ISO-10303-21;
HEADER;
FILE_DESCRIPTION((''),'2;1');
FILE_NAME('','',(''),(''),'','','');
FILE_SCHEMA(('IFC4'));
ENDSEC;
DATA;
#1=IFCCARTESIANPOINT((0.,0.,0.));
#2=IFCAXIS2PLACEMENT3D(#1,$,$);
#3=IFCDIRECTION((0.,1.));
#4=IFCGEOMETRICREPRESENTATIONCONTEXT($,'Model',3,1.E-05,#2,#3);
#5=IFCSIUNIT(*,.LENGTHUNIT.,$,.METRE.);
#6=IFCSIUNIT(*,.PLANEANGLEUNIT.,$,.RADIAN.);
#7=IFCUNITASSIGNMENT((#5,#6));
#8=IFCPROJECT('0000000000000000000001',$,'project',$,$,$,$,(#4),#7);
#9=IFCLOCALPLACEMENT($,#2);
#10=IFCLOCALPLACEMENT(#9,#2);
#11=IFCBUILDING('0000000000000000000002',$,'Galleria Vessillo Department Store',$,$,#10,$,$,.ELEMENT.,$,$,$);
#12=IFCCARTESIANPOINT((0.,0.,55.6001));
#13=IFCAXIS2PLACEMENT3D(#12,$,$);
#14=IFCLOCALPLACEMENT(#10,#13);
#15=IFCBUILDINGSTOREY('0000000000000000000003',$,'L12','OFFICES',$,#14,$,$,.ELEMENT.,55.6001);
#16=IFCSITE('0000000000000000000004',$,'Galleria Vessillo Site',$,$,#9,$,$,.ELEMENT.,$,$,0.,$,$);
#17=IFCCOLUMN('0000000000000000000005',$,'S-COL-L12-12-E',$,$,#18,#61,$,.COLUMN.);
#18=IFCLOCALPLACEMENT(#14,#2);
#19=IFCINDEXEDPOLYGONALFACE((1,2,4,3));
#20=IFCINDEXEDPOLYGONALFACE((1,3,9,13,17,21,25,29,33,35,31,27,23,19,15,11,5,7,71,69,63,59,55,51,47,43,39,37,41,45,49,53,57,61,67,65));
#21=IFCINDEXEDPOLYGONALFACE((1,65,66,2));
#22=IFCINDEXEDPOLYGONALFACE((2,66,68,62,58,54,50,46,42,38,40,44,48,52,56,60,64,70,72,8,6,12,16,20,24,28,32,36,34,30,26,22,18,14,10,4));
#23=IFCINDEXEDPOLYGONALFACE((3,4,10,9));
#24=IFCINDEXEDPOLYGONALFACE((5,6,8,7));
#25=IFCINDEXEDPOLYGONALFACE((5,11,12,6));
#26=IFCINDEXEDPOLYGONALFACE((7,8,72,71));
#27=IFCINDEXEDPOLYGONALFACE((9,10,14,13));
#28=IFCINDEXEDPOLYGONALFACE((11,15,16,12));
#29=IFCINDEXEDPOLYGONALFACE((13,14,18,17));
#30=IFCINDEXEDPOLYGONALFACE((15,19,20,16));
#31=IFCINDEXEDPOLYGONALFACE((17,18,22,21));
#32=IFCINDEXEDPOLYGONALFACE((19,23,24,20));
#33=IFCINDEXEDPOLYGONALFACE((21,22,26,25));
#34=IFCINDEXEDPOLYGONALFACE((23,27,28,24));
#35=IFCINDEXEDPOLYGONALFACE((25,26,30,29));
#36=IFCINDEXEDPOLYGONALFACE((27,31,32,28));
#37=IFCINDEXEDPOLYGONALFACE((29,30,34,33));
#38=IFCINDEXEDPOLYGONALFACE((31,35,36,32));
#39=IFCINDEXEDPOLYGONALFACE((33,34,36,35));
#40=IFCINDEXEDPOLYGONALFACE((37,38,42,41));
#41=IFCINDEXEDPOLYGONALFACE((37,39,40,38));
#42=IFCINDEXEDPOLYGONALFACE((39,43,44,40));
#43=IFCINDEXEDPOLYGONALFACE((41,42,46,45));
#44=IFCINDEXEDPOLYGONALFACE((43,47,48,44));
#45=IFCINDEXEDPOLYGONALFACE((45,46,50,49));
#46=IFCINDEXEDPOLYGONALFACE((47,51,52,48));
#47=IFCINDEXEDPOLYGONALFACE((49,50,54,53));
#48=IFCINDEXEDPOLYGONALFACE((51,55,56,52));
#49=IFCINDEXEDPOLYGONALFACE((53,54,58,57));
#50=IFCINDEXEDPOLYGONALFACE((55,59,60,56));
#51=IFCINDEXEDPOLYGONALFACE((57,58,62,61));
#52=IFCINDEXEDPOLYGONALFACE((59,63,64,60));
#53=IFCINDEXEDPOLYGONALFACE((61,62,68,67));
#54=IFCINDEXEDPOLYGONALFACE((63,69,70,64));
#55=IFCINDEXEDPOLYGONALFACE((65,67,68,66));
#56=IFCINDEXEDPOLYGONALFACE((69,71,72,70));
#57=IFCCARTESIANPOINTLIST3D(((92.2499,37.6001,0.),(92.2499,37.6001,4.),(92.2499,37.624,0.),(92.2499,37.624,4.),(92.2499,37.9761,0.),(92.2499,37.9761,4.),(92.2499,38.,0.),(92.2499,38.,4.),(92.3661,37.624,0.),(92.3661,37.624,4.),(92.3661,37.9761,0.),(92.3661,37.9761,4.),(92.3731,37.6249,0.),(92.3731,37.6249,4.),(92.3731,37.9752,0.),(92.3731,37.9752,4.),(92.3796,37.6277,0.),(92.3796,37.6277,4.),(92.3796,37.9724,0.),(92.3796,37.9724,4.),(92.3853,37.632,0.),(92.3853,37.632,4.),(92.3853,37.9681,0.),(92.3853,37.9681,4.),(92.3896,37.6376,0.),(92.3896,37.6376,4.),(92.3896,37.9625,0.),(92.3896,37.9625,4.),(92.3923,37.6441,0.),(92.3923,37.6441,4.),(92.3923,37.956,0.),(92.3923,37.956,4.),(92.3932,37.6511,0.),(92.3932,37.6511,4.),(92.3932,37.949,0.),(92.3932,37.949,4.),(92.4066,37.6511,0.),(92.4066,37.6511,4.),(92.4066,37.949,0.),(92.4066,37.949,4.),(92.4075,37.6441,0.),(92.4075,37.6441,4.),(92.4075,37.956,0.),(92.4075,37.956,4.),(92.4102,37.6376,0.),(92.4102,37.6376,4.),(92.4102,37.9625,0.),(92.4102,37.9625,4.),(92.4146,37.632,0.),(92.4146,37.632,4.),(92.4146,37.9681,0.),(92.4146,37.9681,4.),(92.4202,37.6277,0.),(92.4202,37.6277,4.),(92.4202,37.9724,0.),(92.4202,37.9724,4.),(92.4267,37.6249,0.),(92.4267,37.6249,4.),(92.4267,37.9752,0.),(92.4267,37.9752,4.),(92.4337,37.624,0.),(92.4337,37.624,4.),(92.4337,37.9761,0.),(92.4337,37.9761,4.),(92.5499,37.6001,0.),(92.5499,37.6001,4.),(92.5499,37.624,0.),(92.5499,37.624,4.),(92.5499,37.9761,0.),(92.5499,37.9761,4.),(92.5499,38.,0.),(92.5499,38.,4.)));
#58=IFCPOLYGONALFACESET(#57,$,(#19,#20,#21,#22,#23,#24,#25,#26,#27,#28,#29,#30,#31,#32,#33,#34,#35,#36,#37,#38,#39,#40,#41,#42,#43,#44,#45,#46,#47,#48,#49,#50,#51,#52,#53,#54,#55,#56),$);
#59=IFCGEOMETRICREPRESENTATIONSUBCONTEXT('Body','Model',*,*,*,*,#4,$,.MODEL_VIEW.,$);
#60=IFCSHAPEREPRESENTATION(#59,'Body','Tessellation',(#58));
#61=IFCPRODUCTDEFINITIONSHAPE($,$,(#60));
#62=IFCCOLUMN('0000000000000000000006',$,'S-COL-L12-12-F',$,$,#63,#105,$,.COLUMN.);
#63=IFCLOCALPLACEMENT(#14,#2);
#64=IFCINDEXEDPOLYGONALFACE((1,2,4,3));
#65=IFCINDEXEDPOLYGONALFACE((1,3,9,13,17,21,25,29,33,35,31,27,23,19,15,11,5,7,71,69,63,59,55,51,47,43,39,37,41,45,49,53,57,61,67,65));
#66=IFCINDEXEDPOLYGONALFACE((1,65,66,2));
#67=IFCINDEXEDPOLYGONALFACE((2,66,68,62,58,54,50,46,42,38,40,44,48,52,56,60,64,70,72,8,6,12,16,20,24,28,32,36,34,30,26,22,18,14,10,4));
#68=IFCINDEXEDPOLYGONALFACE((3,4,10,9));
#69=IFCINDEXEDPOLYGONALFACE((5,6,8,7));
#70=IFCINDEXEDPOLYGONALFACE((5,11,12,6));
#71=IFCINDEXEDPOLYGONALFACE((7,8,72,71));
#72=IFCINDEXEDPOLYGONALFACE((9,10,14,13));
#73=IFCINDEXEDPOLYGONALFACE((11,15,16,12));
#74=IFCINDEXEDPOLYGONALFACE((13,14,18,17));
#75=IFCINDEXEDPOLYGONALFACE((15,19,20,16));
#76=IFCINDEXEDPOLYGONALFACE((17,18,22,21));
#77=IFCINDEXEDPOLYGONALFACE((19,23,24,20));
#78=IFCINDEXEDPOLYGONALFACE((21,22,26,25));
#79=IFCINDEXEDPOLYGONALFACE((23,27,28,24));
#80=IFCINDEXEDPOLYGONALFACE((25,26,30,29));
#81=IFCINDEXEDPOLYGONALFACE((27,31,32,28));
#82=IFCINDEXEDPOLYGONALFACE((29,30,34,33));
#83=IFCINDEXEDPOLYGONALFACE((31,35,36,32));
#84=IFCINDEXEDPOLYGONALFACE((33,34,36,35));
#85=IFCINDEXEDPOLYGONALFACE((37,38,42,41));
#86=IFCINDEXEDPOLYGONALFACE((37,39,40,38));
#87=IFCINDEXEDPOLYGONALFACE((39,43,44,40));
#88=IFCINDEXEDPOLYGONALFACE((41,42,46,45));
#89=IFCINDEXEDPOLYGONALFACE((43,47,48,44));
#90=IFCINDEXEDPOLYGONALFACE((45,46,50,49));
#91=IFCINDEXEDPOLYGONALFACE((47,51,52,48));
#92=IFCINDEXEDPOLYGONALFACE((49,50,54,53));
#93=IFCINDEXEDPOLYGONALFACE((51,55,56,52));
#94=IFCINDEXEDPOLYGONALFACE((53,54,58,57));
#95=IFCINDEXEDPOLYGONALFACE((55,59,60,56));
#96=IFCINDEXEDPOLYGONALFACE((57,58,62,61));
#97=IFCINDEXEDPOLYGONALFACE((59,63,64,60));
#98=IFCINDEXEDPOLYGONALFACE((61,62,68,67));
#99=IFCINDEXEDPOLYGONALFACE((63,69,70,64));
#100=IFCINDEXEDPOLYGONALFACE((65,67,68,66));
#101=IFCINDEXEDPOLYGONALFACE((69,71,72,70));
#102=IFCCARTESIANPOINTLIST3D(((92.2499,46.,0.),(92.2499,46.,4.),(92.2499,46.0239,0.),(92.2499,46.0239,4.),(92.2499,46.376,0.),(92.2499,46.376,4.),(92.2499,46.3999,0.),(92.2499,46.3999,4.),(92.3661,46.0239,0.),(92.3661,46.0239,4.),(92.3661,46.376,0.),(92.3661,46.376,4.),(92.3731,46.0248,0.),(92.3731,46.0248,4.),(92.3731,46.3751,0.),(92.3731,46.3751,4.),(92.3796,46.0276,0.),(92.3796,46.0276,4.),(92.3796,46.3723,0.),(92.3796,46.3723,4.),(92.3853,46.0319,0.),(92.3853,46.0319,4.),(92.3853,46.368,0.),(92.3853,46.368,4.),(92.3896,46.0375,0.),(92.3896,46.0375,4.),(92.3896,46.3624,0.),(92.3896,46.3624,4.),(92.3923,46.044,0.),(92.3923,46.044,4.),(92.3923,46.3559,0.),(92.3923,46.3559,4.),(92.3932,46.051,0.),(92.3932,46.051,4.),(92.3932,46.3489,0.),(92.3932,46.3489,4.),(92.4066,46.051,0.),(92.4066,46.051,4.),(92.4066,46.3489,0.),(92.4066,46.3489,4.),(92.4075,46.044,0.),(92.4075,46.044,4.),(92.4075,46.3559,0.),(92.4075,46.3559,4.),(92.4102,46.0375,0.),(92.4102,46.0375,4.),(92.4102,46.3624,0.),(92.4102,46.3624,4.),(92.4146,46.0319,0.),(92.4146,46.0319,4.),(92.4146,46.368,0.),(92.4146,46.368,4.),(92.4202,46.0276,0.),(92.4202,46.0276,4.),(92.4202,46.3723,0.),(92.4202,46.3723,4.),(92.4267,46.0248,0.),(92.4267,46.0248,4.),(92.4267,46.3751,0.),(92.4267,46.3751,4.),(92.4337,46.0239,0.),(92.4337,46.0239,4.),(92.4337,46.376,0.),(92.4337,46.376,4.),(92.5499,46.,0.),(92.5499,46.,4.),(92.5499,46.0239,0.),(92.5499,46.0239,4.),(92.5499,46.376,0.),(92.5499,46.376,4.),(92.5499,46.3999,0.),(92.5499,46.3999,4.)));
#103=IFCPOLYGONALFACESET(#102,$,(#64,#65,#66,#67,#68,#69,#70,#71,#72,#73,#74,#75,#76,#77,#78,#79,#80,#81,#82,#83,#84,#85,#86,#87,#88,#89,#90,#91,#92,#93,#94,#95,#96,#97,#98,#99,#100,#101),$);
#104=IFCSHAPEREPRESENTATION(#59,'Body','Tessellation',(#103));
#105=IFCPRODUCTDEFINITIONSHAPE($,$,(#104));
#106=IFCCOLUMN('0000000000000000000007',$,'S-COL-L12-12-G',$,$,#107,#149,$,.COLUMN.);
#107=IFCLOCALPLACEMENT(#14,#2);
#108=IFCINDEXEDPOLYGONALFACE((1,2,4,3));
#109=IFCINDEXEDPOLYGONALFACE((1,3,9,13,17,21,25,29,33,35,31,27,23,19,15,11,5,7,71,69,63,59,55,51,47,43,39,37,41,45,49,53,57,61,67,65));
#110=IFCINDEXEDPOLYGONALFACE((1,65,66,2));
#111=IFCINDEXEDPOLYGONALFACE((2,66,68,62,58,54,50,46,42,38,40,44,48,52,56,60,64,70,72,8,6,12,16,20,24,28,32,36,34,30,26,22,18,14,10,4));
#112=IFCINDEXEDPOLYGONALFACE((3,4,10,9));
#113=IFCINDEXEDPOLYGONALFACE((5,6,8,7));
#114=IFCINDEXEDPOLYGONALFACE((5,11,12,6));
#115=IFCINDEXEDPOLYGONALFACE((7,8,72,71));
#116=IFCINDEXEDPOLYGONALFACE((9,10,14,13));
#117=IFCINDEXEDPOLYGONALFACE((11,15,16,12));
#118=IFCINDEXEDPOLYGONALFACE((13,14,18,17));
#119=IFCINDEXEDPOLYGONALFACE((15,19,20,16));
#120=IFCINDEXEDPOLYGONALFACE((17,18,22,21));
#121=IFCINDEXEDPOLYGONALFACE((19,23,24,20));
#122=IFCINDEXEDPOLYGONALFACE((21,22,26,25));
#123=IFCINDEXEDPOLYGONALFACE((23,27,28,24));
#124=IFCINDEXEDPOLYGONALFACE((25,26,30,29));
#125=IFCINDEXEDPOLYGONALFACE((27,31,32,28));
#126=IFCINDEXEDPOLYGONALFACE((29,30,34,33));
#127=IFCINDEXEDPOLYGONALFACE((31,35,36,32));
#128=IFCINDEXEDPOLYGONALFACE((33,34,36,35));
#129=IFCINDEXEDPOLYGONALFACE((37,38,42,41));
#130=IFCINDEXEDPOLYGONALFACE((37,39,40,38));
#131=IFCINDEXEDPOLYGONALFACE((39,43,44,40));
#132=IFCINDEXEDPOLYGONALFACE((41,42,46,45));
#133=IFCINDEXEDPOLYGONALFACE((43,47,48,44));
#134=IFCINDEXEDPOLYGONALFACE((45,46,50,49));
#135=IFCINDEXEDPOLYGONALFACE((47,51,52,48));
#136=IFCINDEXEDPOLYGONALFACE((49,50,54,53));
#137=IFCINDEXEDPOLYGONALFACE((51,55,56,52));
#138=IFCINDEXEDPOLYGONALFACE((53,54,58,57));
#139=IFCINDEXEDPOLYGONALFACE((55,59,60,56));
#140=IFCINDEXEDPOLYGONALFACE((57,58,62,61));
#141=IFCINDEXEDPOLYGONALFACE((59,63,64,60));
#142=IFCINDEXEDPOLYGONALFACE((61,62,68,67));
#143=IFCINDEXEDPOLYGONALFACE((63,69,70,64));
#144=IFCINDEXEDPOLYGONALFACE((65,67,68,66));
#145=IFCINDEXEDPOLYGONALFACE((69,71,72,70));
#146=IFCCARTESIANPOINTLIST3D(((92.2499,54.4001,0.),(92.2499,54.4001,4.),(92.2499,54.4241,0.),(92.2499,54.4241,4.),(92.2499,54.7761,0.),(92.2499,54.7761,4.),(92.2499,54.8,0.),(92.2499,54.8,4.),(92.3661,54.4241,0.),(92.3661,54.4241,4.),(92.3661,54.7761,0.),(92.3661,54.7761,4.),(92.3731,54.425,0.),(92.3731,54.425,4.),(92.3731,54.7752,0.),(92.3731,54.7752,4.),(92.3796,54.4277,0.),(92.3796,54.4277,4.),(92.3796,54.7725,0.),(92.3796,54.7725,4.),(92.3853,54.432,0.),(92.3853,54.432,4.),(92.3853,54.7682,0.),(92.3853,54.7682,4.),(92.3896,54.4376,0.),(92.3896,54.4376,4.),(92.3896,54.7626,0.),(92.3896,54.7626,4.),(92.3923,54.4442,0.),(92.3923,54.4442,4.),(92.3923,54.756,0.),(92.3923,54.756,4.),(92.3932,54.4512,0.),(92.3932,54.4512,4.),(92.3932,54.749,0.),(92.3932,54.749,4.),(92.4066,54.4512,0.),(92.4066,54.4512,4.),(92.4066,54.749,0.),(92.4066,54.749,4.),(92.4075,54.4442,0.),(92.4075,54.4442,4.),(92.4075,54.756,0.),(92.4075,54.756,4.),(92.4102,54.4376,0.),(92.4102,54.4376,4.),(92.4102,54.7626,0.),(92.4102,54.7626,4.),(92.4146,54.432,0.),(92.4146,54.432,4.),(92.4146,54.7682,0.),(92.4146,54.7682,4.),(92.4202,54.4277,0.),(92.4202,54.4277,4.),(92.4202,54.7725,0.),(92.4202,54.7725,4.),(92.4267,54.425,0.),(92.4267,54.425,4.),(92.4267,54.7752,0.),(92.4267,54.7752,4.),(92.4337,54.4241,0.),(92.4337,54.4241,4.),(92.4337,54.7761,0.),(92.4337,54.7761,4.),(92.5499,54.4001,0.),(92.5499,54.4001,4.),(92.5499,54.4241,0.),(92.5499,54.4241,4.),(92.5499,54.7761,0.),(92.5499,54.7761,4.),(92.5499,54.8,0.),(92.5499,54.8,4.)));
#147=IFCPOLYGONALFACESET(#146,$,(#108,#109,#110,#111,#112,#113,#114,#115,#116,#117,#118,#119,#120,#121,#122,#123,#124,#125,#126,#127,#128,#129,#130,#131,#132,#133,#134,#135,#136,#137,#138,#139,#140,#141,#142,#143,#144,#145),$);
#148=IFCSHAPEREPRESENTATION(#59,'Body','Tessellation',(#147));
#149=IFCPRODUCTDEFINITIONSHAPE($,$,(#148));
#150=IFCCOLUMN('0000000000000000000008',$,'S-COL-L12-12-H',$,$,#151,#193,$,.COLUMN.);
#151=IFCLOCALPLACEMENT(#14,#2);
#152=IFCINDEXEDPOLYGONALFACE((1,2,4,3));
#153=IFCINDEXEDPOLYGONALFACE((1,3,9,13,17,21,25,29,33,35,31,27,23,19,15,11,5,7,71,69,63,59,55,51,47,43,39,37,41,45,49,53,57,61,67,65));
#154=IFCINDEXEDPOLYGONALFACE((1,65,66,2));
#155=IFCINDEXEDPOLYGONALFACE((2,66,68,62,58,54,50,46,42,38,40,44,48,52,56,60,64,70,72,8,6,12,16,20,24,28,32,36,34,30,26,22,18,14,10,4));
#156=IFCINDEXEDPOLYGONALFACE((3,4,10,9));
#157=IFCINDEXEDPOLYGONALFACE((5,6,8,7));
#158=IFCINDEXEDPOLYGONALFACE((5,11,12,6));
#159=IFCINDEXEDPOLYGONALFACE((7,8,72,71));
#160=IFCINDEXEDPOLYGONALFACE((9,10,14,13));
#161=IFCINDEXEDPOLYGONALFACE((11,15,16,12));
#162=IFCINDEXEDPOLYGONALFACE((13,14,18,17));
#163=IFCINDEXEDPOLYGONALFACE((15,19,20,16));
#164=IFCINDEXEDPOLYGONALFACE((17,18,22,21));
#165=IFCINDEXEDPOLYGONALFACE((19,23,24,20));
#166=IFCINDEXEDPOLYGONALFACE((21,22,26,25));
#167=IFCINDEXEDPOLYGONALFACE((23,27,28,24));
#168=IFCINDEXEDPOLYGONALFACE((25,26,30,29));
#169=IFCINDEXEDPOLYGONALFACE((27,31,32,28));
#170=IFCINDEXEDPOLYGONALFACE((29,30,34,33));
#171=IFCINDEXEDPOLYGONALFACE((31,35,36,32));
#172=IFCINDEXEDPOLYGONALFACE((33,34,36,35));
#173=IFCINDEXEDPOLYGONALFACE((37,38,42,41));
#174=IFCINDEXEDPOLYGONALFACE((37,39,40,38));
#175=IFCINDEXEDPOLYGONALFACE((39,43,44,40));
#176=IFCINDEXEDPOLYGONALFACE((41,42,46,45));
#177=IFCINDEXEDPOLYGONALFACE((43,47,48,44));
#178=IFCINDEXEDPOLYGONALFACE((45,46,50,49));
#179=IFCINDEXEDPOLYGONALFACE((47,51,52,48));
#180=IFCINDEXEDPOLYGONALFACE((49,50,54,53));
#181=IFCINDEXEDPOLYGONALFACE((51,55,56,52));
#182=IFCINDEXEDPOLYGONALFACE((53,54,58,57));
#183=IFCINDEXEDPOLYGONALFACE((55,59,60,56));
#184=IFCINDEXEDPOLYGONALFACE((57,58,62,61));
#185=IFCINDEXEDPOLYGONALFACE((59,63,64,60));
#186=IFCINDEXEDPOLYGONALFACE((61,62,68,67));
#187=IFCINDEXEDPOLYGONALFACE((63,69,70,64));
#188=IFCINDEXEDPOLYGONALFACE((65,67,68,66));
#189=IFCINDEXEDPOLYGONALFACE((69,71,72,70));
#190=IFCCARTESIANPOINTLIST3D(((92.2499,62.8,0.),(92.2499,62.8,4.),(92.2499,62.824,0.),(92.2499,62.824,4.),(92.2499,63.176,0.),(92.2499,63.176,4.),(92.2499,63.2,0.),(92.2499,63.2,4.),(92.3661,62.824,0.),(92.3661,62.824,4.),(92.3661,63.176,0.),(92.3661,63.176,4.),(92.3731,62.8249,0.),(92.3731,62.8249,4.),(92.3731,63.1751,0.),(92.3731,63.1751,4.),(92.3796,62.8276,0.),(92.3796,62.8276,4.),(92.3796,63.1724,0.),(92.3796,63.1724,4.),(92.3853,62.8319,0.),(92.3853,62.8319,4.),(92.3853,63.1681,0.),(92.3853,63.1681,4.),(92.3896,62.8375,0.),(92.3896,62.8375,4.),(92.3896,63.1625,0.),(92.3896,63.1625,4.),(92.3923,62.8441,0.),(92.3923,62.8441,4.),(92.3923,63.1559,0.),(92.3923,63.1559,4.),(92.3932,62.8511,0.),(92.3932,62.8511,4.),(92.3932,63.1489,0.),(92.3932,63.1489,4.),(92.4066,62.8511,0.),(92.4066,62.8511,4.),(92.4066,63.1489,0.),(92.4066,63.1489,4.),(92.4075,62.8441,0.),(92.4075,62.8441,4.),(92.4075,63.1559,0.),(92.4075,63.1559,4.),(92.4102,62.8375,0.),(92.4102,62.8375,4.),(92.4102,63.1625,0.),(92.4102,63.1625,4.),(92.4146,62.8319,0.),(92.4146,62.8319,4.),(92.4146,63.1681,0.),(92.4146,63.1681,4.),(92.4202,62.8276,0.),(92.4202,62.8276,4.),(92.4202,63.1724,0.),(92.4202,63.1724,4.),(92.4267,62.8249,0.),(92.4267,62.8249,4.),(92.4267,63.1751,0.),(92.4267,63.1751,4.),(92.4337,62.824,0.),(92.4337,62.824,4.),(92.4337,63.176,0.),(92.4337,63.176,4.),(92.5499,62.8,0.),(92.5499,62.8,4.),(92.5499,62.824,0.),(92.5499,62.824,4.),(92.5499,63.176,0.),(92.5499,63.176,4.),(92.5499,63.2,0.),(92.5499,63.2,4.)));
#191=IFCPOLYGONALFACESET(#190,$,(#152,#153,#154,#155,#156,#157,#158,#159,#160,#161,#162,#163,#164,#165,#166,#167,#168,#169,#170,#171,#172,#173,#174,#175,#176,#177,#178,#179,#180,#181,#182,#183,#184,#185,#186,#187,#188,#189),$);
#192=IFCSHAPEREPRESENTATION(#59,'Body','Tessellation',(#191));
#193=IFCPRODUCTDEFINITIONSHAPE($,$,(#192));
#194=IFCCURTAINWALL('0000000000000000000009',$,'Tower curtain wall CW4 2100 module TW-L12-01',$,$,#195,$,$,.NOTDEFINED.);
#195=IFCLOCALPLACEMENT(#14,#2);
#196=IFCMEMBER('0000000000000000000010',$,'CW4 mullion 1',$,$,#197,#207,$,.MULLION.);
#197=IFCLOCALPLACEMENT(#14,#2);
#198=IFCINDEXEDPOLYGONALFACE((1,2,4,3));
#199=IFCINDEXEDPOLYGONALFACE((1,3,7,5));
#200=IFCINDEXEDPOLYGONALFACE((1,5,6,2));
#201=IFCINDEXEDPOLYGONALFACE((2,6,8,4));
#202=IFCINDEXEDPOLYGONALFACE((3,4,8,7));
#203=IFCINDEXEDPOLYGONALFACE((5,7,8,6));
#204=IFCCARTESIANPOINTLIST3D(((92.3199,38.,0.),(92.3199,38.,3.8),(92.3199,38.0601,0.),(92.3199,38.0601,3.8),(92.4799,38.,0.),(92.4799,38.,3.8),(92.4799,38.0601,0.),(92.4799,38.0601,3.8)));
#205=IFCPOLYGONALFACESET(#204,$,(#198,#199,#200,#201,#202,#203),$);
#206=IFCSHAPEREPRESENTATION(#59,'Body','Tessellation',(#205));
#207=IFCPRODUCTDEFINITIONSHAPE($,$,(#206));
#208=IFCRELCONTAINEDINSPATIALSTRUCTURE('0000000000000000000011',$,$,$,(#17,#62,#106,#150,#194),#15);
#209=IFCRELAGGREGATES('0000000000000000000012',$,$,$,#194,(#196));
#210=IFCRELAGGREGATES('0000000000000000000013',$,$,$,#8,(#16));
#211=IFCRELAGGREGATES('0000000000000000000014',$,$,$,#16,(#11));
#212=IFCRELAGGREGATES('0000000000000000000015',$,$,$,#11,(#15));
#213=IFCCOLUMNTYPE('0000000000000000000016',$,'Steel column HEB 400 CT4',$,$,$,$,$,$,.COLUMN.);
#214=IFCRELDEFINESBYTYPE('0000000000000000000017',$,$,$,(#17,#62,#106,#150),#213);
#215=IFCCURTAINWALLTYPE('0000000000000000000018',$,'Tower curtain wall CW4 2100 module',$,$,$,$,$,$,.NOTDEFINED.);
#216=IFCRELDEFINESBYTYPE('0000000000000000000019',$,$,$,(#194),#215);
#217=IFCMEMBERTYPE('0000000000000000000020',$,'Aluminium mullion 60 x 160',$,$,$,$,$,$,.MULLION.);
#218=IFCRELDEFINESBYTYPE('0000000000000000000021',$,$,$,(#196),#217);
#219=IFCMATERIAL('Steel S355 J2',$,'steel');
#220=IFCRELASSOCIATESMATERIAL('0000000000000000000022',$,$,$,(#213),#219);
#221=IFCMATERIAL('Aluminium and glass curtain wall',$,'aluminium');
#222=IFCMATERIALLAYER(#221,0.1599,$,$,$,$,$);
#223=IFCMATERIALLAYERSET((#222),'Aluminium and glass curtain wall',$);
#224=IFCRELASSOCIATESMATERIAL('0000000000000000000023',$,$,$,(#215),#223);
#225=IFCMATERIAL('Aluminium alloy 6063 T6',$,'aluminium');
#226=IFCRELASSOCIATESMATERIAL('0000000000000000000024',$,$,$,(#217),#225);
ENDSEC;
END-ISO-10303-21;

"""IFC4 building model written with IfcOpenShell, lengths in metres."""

from ifc_helpers import new_model, si_unit, direction, frame, origin, origin_2d, place, context, subcontext, project, spatial, rectangle, i_section, extrude, material, layer, layer_set, material_profile, profile_set, type_object, element, aggregate, save


model = new_model("IFC4")

# Units and contexts
model_context = context("Model", 3, precision=1e-05, world=origin(), true_north=direction((0.0, 1.0)))
body_context = subcontext(model_context, "Body", "Model", "MODEL_VIEW")
ifc_project = project(units=[si_unit("LENGTHUNIT", "METRE"), si_unit("PLANEANGLEUNIT", "RADIAN")], contexts=[model_context])

# Site, building, storey
site_placement = place(None, origin())
site = spatial("IfcSite", under=ifc_project, at=site_placement, Name="Galleria Vessillo Site", CompositionType="ELEMENT", RefElevation=0.0)
building_placement = place(site_placement, origin())
building = spatial("IfcBuilding", under=site, at=building_placement, Name="Galleria Vessillo Department Store", CompositionType="ELEMENT")
storey_placement = place(building_placement, frame((0.0, 0.0, 55.6001)))
storey = spatial("IfcBuildingStorey", under=building, at=storey_placement, Name="L12", Description="OFFICES", CompositionType="ELEMENT", Elevation=55.6001)

# Columns
ifc_material_1 = material(Name="Steel S355 J2", Category="steel")
ifc_material_profile_1 = material_profile(ifc_material_1, i_section(OverallWidth=0.3, OverallDepth=0.3999, WebThickness=0.0134, FlangeThickness=0.0239, FilletRadius=0.0271, at=origin_2d()), Name="HEB 400")
ifc_profile_set_1 = profile_set([ifc_material_profile_1], Name="Steel S355 J2")
column_type = type_object("IfcColumnType", Name="Steel column HEB 400 CT4", PredefinedType="COLUMN", material=ifc_profile_set_1)
for number, where, z_axis, x_axis, name in (
    (1, (92.3999, 37.8, 0.0), (0.0, 0.0, 1.0), (1.0, 0.0, 0.0), "S-COL-L12-12-E"),
    (2, (92.3999, 46.2, 0.0), (0.0, 0.0, 1.0), (1.0, 0.0, 0.0), "S-COL-L12-12-F"),
    (3, (92.3999, 54.6001, 0.0), (0.0, 0.0, 1.0), (1.0, 0.0, 0.0), "S-COL-L12-12-G"),
    (4, (92.3999, 63.0, 0.0), (0.0, 0.0, 1.0), (1.0, 0.0, 0.0), "S-COL-L12-12-H"),
):
    element("IfcColumn", number, at=place(storey_placement, frame(where, z_axis=z_axis, x_axis=x_axis)), inside=storey, type_object=column_type, Name=name, PredefinedType="COLUMN", context=body_context, shape_type="SweptSolid", body=[
        extrude(i_section(OverallWidth=0.3, OverallDepth=0.3999, WebThickness=0.0134, FlangeThickness=0.0239, FilletRadius=0.0271, at=origin_2d()), origin(), (0.0, 0.0, 1.0), 4.0),
    ])

# Curtain wall, member
ifc_material_2 = material(Name="Aluminium and glass curtain wall", Category="aluminium")
ifc_layer_1 = layer(ifc_material_2, 0.1599)
ifc_layer_set_1 = layer_set([ifc_layer_1], Name="Aluminium and glass curtain wall")
curtain_wall_type = type_object("IfcCurtainWallType", Name="Tower curtain wall CW4 2100 module", PredefinedType="NOTDEFINED", material=ifc_layer_set_1)
curtain_wall_placement = place(storey_placement, origin())
curtain_wall = element("IfcCurtainWall", 5, at=curtain_wall_placement, inside=storey, type_object=curtain_wall_type, Name="Tower curtain wall CW4 2100 module TW-L12-01", PredefinedType="NOTDEFINED")
ifc_material_3 = material(Name="Aluminium alloy 6063 T6", Category="aluminium")
ifc_material_profile_2 = material_profile(ifc_material_3, rectangle(XDim=0.1599, YDim=0.0601, at=origin_2d()), Name="AL 60x160")
ifc_profile_set_2 = profile_set([ifc_material_profile_2], Name="Aluminium alloy 6063 T6")
member_type_1 = type_object("IfcMemberType", Name="Aluminium mullion 60 x 160", PredefinedType="MULLION", material=ifc_profile_set_2)
member_1_placement = place(storey_placement, frame((92.3999, 38.03, 0.0), z_axis=(0.0, 0.0, 1.0), x_axis=(-1.0, 0.0, 0.0)))
member_1 = element("IfcMember", 6, at=member_1_placement, type_object=member_type_1, Name="CW4 mullion 1", PredefinedType="MULLION", context=body_context, shape_type="SweptSolid", body=[
    extrude(rectangle(XDim=0.1599, YDim=0.0601, at=origin_2d()), origin(), (0.0, 0.0, 1.0), 3.8),
])

aggregate(curtain_wall, [member_1])

save(model, "model.ifc")
